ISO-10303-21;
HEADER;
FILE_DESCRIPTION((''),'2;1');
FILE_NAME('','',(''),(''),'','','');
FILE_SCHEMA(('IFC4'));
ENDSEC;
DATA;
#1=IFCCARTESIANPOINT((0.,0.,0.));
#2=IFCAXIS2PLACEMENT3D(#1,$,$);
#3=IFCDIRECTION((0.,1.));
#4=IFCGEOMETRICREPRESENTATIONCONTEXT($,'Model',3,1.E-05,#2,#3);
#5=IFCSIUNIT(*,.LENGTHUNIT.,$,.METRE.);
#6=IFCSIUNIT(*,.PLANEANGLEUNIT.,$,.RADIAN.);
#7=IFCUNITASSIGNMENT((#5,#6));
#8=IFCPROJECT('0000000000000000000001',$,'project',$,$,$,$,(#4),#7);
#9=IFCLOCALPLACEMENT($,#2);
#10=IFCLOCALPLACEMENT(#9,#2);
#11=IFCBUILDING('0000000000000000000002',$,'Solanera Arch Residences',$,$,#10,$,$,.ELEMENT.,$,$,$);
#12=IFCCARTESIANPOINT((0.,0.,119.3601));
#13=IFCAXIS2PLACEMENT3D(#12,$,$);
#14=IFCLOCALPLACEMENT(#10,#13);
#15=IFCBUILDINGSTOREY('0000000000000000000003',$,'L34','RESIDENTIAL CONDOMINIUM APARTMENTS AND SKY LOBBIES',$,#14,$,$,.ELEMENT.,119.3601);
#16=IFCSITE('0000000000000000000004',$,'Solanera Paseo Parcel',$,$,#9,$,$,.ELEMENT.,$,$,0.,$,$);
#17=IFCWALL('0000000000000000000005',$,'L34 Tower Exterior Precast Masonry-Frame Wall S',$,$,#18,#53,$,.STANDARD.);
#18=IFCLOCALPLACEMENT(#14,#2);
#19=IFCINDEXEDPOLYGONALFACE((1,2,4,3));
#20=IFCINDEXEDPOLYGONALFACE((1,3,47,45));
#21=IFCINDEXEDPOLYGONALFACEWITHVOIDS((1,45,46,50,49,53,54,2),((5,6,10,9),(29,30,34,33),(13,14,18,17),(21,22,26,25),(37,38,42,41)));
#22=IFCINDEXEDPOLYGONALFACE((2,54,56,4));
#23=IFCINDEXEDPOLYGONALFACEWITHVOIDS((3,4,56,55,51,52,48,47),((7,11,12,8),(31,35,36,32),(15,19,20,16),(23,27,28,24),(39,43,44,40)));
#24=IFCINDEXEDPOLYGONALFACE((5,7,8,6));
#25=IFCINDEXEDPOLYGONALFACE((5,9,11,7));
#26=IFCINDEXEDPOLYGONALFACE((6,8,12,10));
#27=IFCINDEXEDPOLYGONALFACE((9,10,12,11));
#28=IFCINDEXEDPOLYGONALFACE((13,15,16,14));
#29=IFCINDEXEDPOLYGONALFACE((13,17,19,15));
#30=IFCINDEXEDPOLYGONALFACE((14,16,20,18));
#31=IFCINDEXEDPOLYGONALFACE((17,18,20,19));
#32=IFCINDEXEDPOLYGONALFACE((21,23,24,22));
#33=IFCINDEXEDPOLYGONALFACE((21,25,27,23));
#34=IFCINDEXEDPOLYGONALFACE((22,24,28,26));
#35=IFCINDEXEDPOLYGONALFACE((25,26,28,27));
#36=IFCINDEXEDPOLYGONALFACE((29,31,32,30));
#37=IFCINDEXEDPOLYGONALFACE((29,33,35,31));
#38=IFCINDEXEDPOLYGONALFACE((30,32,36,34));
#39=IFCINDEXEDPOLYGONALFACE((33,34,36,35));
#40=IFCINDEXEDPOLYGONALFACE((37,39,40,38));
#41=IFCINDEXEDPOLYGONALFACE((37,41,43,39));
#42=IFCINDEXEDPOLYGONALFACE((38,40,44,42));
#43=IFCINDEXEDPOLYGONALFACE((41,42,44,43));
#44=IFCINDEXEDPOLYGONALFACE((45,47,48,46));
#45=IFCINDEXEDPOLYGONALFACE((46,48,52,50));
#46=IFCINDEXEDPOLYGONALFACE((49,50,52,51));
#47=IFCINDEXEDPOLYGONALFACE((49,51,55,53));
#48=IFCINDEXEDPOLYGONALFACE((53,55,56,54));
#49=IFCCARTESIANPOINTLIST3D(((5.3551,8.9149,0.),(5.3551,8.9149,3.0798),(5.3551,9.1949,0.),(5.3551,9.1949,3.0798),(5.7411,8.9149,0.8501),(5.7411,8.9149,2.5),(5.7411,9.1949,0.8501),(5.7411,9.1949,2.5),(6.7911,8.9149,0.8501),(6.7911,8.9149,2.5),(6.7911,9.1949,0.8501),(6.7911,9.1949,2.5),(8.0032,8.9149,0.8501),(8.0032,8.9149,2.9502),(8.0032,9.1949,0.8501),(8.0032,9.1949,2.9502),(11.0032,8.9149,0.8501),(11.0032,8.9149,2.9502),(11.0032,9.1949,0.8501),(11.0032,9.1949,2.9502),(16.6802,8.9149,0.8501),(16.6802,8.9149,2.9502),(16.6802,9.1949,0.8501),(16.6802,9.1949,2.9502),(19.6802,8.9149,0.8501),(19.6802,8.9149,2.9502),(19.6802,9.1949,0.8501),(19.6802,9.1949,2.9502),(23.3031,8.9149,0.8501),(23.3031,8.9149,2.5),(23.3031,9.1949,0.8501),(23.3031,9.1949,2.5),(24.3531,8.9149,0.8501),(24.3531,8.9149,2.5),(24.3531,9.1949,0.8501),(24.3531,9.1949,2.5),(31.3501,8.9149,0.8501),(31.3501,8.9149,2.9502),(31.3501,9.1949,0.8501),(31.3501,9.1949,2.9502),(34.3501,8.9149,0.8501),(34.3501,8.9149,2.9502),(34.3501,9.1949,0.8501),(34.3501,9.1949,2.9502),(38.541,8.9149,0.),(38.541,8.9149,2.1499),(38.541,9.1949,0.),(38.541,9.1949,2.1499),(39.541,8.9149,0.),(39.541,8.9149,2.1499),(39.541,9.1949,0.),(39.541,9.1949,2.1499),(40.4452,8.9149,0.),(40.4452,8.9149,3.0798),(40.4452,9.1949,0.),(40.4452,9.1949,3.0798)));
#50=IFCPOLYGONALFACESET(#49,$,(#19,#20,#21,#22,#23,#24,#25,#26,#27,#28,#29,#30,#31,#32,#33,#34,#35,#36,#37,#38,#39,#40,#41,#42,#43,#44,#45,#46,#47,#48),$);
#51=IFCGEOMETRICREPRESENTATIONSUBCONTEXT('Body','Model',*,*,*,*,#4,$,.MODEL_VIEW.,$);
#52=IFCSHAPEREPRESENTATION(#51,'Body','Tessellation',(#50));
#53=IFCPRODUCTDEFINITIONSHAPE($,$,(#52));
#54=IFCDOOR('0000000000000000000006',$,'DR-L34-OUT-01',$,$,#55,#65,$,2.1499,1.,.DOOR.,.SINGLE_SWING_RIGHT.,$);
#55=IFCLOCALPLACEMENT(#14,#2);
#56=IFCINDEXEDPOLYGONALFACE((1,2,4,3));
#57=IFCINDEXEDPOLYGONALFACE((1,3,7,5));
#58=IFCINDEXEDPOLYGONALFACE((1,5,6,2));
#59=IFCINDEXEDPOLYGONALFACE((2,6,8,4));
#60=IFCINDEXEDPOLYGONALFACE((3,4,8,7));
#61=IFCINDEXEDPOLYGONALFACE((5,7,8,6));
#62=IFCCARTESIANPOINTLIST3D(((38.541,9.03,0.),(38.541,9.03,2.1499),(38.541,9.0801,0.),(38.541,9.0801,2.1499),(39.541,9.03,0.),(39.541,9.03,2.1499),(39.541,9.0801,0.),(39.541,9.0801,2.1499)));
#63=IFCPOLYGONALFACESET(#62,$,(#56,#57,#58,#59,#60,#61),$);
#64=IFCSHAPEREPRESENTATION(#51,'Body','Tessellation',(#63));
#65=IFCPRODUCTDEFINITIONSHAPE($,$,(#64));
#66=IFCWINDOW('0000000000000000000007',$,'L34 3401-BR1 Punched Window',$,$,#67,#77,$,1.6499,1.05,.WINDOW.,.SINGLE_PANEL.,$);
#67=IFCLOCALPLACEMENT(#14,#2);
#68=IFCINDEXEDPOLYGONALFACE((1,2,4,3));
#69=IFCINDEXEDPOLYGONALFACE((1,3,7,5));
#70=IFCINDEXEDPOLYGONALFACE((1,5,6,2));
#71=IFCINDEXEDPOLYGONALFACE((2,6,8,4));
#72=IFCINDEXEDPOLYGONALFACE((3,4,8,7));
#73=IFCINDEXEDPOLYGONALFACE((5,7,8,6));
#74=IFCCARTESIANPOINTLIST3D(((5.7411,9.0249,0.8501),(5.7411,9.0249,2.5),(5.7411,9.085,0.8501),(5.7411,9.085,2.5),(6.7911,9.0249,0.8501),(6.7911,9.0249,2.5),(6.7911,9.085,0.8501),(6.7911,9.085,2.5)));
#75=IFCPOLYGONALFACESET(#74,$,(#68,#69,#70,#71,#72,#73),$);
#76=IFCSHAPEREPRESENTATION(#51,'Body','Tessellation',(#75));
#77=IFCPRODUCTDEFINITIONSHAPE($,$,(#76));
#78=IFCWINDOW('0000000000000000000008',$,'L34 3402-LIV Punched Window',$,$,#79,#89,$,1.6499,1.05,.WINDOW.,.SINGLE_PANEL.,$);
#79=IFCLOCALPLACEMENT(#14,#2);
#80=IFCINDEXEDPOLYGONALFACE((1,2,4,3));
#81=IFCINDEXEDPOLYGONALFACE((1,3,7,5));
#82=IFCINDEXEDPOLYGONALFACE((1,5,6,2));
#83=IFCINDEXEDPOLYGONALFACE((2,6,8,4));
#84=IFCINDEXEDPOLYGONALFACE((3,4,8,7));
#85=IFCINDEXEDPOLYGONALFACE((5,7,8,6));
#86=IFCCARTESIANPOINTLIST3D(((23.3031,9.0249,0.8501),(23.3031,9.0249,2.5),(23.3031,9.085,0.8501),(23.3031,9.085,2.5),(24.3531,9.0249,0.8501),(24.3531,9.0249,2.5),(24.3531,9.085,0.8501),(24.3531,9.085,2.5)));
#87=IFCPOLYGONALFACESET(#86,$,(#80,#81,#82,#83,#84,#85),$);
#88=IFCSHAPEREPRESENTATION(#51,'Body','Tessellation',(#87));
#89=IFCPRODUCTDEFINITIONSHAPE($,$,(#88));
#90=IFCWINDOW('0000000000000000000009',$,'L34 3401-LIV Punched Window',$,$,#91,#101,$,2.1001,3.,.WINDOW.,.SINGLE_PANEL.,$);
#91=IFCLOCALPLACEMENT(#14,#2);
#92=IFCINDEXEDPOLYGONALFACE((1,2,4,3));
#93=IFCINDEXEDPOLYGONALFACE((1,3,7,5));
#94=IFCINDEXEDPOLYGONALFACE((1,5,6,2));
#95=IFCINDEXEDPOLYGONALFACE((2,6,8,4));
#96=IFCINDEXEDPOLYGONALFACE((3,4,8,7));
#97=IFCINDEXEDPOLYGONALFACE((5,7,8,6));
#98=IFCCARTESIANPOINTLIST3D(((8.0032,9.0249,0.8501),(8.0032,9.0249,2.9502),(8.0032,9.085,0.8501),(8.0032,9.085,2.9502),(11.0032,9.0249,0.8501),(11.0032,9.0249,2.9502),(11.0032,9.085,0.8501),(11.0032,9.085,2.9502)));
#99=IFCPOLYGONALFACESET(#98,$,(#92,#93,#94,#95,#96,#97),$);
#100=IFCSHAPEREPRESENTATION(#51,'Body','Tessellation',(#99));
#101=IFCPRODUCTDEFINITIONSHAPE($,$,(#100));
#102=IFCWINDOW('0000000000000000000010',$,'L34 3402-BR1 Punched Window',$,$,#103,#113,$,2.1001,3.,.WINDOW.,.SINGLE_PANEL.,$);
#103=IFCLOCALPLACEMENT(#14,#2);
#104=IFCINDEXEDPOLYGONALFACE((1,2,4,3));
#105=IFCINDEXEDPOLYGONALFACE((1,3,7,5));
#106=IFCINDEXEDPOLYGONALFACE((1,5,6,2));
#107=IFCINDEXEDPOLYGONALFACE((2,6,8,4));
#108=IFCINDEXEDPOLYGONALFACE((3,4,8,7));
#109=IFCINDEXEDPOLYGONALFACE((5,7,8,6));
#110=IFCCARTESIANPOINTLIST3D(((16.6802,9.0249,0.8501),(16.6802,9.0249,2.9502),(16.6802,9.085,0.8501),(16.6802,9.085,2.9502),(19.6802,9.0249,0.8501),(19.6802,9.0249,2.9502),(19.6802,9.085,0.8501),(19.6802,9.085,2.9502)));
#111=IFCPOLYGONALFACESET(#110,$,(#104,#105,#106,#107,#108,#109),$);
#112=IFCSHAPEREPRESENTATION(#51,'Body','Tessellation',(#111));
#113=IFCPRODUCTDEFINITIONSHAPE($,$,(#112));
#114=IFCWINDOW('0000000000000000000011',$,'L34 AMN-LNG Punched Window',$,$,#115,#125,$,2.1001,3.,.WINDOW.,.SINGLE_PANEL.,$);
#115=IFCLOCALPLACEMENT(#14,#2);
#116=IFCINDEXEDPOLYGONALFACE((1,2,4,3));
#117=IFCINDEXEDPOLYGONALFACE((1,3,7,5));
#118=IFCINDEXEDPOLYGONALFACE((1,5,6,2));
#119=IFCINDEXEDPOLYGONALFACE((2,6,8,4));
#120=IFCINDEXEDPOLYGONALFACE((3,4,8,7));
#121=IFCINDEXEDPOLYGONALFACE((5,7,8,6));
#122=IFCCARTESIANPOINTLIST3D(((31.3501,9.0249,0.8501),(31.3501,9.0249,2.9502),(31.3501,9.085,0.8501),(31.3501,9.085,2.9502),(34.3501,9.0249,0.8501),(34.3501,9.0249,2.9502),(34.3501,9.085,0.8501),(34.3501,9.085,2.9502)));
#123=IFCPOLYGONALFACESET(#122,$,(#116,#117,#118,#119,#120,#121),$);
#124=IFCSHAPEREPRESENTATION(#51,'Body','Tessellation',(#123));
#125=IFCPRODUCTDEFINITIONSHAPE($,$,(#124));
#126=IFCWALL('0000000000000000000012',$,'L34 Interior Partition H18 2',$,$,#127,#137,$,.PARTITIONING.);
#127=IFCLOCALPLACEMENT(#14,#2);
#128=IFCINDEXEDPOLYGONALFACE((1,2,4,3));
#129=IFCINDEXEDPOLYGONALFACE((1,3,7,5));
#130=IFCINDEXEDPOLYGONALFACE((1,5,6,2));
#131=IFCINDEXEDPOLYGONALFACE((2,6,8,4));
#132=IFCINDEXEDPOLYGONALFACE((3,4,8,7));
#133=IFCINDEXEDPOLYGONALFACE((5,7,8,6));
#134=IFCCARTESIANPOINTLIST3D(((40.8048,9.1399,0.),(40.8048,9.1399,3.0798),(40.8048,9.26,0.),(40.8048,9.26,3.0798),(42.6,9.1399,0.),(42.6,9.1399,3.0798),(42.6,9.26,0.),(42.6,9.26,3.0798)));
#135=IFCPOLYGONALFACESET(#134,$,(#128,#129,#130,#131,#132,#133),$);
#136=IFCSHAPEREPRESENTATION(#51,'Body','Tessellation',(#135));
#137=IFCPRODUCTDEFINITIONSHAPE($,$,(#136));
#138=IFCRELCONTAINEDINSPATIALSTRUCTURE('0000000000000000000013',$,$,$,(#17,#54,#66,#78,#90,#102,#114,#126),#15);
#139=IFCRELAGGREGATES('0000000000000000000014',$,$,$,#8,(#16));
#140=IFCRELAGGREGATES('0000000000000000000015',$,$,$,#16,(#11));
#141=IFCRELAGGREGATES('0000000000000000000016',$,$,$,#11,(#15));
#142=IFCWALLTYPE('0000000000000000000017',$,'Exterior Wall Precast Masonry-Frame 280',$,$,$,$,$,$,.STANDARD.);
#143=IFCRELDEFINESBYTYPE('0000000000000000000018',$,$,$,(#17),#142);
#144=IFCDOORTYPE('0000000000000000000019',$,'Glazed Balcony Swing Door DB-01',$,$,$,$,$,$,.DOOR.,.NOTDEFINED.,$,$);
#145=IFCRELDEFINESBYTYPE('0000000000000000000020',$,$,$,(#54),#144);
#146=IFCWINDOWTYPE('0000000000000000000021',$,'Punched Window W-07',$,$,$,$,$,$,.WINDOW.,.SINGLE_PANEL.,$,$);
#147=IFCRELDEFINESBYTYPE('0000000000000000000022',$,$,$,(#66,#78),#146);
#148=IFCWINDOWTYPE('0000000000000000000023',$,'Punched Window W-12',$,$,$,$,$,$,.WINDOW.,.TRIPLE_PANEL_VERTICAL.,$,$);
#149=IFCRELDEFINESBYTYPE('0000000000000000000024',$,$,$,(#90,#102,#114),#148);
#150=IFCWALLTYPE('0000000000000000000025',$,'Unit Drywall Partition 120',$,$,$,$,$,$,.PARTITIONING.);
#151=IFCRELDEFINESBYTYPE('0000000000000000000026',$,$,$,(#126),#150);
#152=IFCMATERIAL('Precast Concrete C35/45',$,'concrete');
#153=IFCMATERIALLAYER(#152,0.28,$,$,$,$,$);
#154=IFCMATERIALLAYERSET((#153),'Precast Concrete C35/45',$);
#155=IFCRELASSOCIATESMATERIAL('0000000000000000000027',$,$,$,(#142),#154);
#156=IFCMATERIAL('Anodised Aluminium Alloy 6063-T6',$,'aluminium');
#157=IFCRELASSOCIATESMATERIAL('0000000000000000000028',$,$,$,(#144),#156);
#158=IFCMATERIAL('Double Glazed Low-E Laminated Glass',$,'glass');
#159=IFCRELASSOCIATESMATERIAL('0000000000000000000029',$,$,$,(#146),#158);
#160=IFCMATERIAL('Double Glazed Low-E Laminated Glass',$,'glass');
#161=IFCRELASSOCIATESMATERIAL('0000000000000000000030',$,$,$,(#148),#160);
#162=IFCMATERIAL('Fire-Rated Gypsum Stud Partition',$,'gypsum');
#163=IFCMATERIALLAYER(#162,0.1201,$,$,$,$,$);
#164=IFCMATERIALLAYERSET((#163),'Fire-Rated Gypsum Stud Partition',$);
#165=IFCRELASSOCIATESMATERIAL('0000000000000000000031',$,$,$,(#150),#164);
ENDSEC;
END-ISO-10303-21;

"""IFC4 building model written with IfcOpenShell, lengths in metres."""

from ifc_helpers import new_model, si_unit, direction, frame, frame_2d, origin, place, context, subcontext, project, spatial, rectangle, extrude, material, layer, layer_set, type_object, element, fill, save


model = new_model("IFC4")

# Units and contexts
model_context = context("Model", 3, precision=1e-05, world=origin(), true_north=direction((0.0, 1.0)))
body_context = subcontext(model_context, "Body", "Model", "MODEL_VIEW")
ifc_project = project(units=[si_unit("LENGTHUNIT", "METRE"), si_unit("PLANEANGLEUNIT", "RADIAN")], contexts=[model_context])

# Site, building, storey
site_placement = place(None, origin())
site = spatial("IfcSite", under=ifc_project, at=site_placement, Name="Solanera Paseo Parcel", CompositionType="ELEMENT", RefElevation=0.0)
building_placement = place(site_placement, origin())
building = spatial("IfcBuilding", under=site, at=building_placement, Name="Solanera Arch Residences", CompositionType="ELEMENT")
storey_placement = place(building_placement, frame((0.0, 0.0, 119.3601)))
storey = spatial("IfcBuildingStorey", under=building, at=storey_placement, Name="L34", Description="RESIDENTIAL CONDOMINIUM APARTMENTS AND SKY LOBBIES", CompositionType="ELEMENT", Elevation=119.3601)

# Shared definitions
ifc_material_1 = material(Name="Precast Concrete C35/45", Category="concrete")
ifc_layer_1 = layer(ifc_material_1, 0.28)
ifc_layer_set_1 = layer_set([ifc_layer_1], Name="Precast Concrete C35/45")
wall_type_1 = type_object("IfcWallType", Name="Exterior Wall Precast Masonry-Frame 280", PredefinedType="STANDARD", material=ifc_layer_set_1)

# Wall, openings, door, windows
wall_1_placement = place(storey_placement, frame((40.4451, 9.0549, 0.0), z_axis=(0.0, 0.0, 1.0), x_axis=(-1.0, 0.0, 0.0)))
wall_1 = element("IfcWall", 1, at=wall_1_placement, inside=storey, type_object=wall_type_1, Name="L34 Tower Exterior Precast Masonry-Frame Wall S", PredefinedType="STANDARD", context=body_context, shape_type="SweptSolid", body=[
    extrude(rectangle(XDim=35.0901, YDim=0.28, at=frame_2d((17.5449, 0.0))), origin(), (0.0, 0.0, 1.0), 3.0798),
])
opening_1_placement = place(wall_1_placement, frame((0.9041, 0.0, 0.0)))
opening_1 = element("IfcOpeningElement", 2, at=opening_1_placement, cuts=wall_1, PredefinedType="OPENING", context=body_context, shape_type="SweptSolid", body=[
    extrude(rectangle(XDim=1.0, YDim=2.1499, at=frame_2d((0.5, 1.075))), frame((0.0, 0.1499, 0.0), z_axis=(0.0, -1.0, 0.0), x_axis=(1.0, 0.0, 0.0)), (0.0, 0.0, 1.0), 0.3),
])
opening_2_placement = place(wall_1_placement, frame((29.4419, 0.0, 0.8501)))
opening_2 = element("IfcOpeningElement", 3, at=opening_2_placement, cuts=wall_1, PredefinedType="OPENING", context=body_context, shape_type="SweptSolid", body=[
    extrude(rectangle(XDim=3.0, YDim=2.1001, at=frame_2d((1.5, 1.05))), frame((0.0, 0.1499, 0.0), z_axis=(0.0, -1.0, 0.0), x_axis=(1.0, 0.0, 0.0)), (0.0, 0.0, 1.0), 0.3),
])
opening_3_placement = place(wall_1_placement, frame((33.6541, 0.0, 0.8501)))
opening_3 = element("IfcOpeningElement", 4, at=opening_3_placement, cuts=wall_1, PredefinedType="OPENING", context=body_context, shape_type="SweptSolid", body=[
    extrude(rectangle(XDim=1.05, YDim=1.6499, at=frame_2d((0.5249, 0.825))), frame((0.0, 0.1499, 0.0), z_axis=(0.0, -1.0, 0.0), x_axis=(1.0, 0.0, 0.0)), (0.0, 0.0, 1.0), 0.3),
])
opening_4_placement = place(wall_1_placement, frame((16.092, 0.0, 0.8501)))
opening_4 = element("IfcOpeningElement", 5, at=opening_4_placement, cuts=wall_1, PredefinedType="OPENING", context=body_context, shape_type="SweptSolid", body=[
    extrude(rectangle(XDim=1.05, YDim=1.6499, at=frame_2d((0.5249, 0.825))), frame((0.0, 0.1499, 0.0), z_axis=(0.0, -1.0, 0.0), x_axis=(1.0, 0.0, 0.0)), (0.0, 0.0, 1.0), 0.3),
])
opening_5_placement = place(wall_1_placement, frame((20.7649, 0.0, 0.8501)))
opening_5 = element("IfcOpeningElement", 6, at=opening_5_placement, cuts=wall_1, PredefinedType="OPENING", context=body_context, shape_type="SweptSolid", body=[
    extrude(rectangle(XDim=3.0, YDim=2.1001, at=frame_2d((1.5, 1.05))), frame((0.0, 0.1499, 0.0), z_axis=(0.0, -1.0, 0.0), x_axis=(1.0, 0.0, 0.0)), (0.0, 0.0, 1.0), 0.3),
])
opening_6_placement = place(wall_1_placement, frame((6.095, 0.0, 0.8501)))
opening_6 = element("IfcOpeningElement", 7, at=opening_6_placement, cuts=wall_1, PredefinedType="OPENING", context=body_context, shape_type="SweptSolid", body=[
    extrude(rectangle(XDim=3.0, YDim=2.1001, at=frame_2d((1.5, 1.05))), frame((0.0, 0.1499, 0.0), z_axis=(0.0, -1.0, 0.0), x_axis=(1.0, 0.0, 0.0)), (0.0, 0.0, 1.0), 0.3),
])
ifc_material_2 = material(Name="Anodised Aluminium Alloy 6063-T6", Category="aluminium")
door_type = type_object("IfcDoorType", Name="Glazed Balcony Swing Door DB-01", OperationType="NOTDEFINED", PredefinedType="DOOR", material=ifc_material_2)
door_placement = place(opening_1_placement, origin())
door = element("IfcDoor", 8, at=door_placement, inside=storey, type_object=door_type, Name="DR-L34-OUT-01", OperationType="SINGLE_SWING_RIGHT", OverallHeight=2.1499, OverallWidth=1.0, PredefinedType="DOOR", context=body_context, shape_type="SweptSolid", body=[
    extrude(rectangle(XDim=1.0, YDim=2.1499, at=frame_2d((0.5, 1.075))), frame((0.0, 0.0249, 0.0), z_axis=(0.0, -1.0, 0.0), x_axis=(1.0, 0.0, 0.0)), (0.0, 0.0, 1.0), 0.05),
])
fill(opening_1, door)
ifc_material_3 = material(Name="Double Glazed Low-E Laminated Glass", Category="glass")
window_type_1 = type_object("IfcWindowType", Name="Punched Window W-07", PartitioningType="SINGLE_PANEL", PredefinedType="WINDOW", material=ifc_material_3)
window_1_placement = place(opening_3_placement, origin())
window_1 = element("IfcWindow", 9, at=window_1_placement, inside=storey, type_object=window_type_1, Name="L34 3401-BR1 Punched Window", OverallHeight=1.6499, OverallWidth=1.05, PartitioningType="SINGLE_PANEL", PredefinedType="WINDOW", context=body_context, shape_type="SweptSolid", body=[
    extrude(rectangle(XDim=1.05, YDim=1.6499, at=frame_2d((0.5249, 0.825))), frame((0.0, 0.03, 0.0), z_axis=(0.0, -1.0, 0.0), x_axis=(1.0, 0.0, 0.0)), (0.0, 0.0, 1.0), 0.0601),
])
fill(opening_3, window_1)
window_2_placement = place(opening_4_placement, origin())
window_2 = element("IfcWindow", 10, at=window_2_placement, inside=storey, type_object=window_type_1, Name="L34 3402-LIV Punched Window", OverallHeight=1.6499, OverallWidth=1.05, PartitioningType="SINGLE_PANEL", PredefinedType="WINDOW", context=body_context, shape_type="SweptSolid", body=[
    extrude(rectangle(XDim=1.05, YDim=1.6499, at=frame_2d((0.5249, 0.825))), frame((0.0, 0.03, 0.0), z_axis=(0.0, -1.0, 0.0), x_axis=(1.0, 0.0, 0.0)), (0.0, 0.0, 1.0), 0.0601),
])
fill(opening_4, window_2)
ifc_material_4 = material(Name="Double Glazed Low-E Laminated Glass", Category="glass")
window_type_2 = type_object("IfcWindowType", Name="Punched Window W-12", PartitioningType="TRIPLE_PANEL_VERTICAL", PredefinedType="WINDOW", material=ifc_material_4)
window_3_placement = place(opening_2_placement, origin())
window_3 = element("IfcWindow", 11, at=window_3_placement, inside=storey, type_object=window_type_2, Name="L34 3401-LIV Punched Window", OverallHeight=2.1001, OverallWidth=3.0, PartitioningType="SINGLE_PANEL", PredefinedType="WINDOW", context=body_context, shape_type="SweptSolid", body=[
    extrude(rectangle(XDim=3.0, YDim=2.1001, at=frame_2d((1.5, 1.05))), frame((0.0, 0.03, 0.0), z_axis=(0.0, -1.0, 0.0), x_axis=(1.0, 0.0, 0.0)), (0.0, 0.0, 1.0), 0.0601),
])
fill(opening_2, window_3)
window_4_placement = place(opening_5_placement, origin())
window_4 = element("IfcWindow", 12, at=window_4_placement, inside=storey, type_object=window_type_2, Name="L34 3402-BR1 Punched Window", OverallHeight=2.1001, OverallWidth=3.0, PartitioningType="SINGLE_PANEL", PredefinedType="WINDOW", context=body_context, shape_type="SweptSolid", body=[
    extrude(rectangle(XDim=3.0, YDim=2.1001, at=frame_2d((1.5, 1.05))), frame((0.0, 0.03, 0.0), z_axis=(0.0, -1.0, 0.0), x_axis=(1.0, 0.0, 0.0)), (0.0, 0.0, 1.0), 0.0601),
])
fill(opening_5, window_4)
window_5_placement = place(opening_6_placement, origin())
window_5 = element("IfcWindow", 13, at=window_5_placement, inside=storey, type_object=window_type_2, Name="L34 AMN-LNG Punched Window", OverallHeight=2.1001, OverallWidth=3.0, PartitioningType="SINGLE_PANEL", PredefinedType="WINDOW", context=body_context, shape_type="SweptSolid", body=[
    extrude(rectangle(XDim=3.0, YDim=2.1001, at=frame_2d((1.5, 1.05))), frame((0.0, 0.03, 0.0), z_axis=(0.0, -1.0, 0.0), x_axis=(1.0, 0.0, 0.0)), (0.0, 0.0, 1.0), 0.0601),
])
fill(opening_6, window_5)

# Wall
ifc_material_5 = material(Name="Fire-Rated Gypsum Stud Partition", Category="gypsum")
ifc_layer_2 = layer(ifc_material_5, 0.1201)
ifc_layer_set_2 = layer_set([ifc_layer_2], Name="Fire-Rated Gypsum Stud Partition")
wall_type_2 = type_object("IfcWallType", Name="Unit Drywall Partition 120", PredefinedType="PARTITIONING", material=ifc_layer_set_2)
wall_2_placement = place(storey_placement, frame((40.8049, 9.2, 0.0), z_axis=(0.0, 0.0, 1.0), x_axis=(1.0, 0.0, 0.0)))
element("IfcWall", 14, at=wall_2_placement, inside=storey, type_object=wall_type_2, Name="L34 Interior Partition H18 2", PredefinedType="PARTITIONING", context=body_context, shape_type="SweptSolid", body=[
    extrude(rectangle(XDim=1.7952, YDim=0.1201, at=frame_2d((0.8975, 0.0))), origin(), (0.0, 0.0, 1.0), 3.0798),
])

save(model, "model.ifc")
